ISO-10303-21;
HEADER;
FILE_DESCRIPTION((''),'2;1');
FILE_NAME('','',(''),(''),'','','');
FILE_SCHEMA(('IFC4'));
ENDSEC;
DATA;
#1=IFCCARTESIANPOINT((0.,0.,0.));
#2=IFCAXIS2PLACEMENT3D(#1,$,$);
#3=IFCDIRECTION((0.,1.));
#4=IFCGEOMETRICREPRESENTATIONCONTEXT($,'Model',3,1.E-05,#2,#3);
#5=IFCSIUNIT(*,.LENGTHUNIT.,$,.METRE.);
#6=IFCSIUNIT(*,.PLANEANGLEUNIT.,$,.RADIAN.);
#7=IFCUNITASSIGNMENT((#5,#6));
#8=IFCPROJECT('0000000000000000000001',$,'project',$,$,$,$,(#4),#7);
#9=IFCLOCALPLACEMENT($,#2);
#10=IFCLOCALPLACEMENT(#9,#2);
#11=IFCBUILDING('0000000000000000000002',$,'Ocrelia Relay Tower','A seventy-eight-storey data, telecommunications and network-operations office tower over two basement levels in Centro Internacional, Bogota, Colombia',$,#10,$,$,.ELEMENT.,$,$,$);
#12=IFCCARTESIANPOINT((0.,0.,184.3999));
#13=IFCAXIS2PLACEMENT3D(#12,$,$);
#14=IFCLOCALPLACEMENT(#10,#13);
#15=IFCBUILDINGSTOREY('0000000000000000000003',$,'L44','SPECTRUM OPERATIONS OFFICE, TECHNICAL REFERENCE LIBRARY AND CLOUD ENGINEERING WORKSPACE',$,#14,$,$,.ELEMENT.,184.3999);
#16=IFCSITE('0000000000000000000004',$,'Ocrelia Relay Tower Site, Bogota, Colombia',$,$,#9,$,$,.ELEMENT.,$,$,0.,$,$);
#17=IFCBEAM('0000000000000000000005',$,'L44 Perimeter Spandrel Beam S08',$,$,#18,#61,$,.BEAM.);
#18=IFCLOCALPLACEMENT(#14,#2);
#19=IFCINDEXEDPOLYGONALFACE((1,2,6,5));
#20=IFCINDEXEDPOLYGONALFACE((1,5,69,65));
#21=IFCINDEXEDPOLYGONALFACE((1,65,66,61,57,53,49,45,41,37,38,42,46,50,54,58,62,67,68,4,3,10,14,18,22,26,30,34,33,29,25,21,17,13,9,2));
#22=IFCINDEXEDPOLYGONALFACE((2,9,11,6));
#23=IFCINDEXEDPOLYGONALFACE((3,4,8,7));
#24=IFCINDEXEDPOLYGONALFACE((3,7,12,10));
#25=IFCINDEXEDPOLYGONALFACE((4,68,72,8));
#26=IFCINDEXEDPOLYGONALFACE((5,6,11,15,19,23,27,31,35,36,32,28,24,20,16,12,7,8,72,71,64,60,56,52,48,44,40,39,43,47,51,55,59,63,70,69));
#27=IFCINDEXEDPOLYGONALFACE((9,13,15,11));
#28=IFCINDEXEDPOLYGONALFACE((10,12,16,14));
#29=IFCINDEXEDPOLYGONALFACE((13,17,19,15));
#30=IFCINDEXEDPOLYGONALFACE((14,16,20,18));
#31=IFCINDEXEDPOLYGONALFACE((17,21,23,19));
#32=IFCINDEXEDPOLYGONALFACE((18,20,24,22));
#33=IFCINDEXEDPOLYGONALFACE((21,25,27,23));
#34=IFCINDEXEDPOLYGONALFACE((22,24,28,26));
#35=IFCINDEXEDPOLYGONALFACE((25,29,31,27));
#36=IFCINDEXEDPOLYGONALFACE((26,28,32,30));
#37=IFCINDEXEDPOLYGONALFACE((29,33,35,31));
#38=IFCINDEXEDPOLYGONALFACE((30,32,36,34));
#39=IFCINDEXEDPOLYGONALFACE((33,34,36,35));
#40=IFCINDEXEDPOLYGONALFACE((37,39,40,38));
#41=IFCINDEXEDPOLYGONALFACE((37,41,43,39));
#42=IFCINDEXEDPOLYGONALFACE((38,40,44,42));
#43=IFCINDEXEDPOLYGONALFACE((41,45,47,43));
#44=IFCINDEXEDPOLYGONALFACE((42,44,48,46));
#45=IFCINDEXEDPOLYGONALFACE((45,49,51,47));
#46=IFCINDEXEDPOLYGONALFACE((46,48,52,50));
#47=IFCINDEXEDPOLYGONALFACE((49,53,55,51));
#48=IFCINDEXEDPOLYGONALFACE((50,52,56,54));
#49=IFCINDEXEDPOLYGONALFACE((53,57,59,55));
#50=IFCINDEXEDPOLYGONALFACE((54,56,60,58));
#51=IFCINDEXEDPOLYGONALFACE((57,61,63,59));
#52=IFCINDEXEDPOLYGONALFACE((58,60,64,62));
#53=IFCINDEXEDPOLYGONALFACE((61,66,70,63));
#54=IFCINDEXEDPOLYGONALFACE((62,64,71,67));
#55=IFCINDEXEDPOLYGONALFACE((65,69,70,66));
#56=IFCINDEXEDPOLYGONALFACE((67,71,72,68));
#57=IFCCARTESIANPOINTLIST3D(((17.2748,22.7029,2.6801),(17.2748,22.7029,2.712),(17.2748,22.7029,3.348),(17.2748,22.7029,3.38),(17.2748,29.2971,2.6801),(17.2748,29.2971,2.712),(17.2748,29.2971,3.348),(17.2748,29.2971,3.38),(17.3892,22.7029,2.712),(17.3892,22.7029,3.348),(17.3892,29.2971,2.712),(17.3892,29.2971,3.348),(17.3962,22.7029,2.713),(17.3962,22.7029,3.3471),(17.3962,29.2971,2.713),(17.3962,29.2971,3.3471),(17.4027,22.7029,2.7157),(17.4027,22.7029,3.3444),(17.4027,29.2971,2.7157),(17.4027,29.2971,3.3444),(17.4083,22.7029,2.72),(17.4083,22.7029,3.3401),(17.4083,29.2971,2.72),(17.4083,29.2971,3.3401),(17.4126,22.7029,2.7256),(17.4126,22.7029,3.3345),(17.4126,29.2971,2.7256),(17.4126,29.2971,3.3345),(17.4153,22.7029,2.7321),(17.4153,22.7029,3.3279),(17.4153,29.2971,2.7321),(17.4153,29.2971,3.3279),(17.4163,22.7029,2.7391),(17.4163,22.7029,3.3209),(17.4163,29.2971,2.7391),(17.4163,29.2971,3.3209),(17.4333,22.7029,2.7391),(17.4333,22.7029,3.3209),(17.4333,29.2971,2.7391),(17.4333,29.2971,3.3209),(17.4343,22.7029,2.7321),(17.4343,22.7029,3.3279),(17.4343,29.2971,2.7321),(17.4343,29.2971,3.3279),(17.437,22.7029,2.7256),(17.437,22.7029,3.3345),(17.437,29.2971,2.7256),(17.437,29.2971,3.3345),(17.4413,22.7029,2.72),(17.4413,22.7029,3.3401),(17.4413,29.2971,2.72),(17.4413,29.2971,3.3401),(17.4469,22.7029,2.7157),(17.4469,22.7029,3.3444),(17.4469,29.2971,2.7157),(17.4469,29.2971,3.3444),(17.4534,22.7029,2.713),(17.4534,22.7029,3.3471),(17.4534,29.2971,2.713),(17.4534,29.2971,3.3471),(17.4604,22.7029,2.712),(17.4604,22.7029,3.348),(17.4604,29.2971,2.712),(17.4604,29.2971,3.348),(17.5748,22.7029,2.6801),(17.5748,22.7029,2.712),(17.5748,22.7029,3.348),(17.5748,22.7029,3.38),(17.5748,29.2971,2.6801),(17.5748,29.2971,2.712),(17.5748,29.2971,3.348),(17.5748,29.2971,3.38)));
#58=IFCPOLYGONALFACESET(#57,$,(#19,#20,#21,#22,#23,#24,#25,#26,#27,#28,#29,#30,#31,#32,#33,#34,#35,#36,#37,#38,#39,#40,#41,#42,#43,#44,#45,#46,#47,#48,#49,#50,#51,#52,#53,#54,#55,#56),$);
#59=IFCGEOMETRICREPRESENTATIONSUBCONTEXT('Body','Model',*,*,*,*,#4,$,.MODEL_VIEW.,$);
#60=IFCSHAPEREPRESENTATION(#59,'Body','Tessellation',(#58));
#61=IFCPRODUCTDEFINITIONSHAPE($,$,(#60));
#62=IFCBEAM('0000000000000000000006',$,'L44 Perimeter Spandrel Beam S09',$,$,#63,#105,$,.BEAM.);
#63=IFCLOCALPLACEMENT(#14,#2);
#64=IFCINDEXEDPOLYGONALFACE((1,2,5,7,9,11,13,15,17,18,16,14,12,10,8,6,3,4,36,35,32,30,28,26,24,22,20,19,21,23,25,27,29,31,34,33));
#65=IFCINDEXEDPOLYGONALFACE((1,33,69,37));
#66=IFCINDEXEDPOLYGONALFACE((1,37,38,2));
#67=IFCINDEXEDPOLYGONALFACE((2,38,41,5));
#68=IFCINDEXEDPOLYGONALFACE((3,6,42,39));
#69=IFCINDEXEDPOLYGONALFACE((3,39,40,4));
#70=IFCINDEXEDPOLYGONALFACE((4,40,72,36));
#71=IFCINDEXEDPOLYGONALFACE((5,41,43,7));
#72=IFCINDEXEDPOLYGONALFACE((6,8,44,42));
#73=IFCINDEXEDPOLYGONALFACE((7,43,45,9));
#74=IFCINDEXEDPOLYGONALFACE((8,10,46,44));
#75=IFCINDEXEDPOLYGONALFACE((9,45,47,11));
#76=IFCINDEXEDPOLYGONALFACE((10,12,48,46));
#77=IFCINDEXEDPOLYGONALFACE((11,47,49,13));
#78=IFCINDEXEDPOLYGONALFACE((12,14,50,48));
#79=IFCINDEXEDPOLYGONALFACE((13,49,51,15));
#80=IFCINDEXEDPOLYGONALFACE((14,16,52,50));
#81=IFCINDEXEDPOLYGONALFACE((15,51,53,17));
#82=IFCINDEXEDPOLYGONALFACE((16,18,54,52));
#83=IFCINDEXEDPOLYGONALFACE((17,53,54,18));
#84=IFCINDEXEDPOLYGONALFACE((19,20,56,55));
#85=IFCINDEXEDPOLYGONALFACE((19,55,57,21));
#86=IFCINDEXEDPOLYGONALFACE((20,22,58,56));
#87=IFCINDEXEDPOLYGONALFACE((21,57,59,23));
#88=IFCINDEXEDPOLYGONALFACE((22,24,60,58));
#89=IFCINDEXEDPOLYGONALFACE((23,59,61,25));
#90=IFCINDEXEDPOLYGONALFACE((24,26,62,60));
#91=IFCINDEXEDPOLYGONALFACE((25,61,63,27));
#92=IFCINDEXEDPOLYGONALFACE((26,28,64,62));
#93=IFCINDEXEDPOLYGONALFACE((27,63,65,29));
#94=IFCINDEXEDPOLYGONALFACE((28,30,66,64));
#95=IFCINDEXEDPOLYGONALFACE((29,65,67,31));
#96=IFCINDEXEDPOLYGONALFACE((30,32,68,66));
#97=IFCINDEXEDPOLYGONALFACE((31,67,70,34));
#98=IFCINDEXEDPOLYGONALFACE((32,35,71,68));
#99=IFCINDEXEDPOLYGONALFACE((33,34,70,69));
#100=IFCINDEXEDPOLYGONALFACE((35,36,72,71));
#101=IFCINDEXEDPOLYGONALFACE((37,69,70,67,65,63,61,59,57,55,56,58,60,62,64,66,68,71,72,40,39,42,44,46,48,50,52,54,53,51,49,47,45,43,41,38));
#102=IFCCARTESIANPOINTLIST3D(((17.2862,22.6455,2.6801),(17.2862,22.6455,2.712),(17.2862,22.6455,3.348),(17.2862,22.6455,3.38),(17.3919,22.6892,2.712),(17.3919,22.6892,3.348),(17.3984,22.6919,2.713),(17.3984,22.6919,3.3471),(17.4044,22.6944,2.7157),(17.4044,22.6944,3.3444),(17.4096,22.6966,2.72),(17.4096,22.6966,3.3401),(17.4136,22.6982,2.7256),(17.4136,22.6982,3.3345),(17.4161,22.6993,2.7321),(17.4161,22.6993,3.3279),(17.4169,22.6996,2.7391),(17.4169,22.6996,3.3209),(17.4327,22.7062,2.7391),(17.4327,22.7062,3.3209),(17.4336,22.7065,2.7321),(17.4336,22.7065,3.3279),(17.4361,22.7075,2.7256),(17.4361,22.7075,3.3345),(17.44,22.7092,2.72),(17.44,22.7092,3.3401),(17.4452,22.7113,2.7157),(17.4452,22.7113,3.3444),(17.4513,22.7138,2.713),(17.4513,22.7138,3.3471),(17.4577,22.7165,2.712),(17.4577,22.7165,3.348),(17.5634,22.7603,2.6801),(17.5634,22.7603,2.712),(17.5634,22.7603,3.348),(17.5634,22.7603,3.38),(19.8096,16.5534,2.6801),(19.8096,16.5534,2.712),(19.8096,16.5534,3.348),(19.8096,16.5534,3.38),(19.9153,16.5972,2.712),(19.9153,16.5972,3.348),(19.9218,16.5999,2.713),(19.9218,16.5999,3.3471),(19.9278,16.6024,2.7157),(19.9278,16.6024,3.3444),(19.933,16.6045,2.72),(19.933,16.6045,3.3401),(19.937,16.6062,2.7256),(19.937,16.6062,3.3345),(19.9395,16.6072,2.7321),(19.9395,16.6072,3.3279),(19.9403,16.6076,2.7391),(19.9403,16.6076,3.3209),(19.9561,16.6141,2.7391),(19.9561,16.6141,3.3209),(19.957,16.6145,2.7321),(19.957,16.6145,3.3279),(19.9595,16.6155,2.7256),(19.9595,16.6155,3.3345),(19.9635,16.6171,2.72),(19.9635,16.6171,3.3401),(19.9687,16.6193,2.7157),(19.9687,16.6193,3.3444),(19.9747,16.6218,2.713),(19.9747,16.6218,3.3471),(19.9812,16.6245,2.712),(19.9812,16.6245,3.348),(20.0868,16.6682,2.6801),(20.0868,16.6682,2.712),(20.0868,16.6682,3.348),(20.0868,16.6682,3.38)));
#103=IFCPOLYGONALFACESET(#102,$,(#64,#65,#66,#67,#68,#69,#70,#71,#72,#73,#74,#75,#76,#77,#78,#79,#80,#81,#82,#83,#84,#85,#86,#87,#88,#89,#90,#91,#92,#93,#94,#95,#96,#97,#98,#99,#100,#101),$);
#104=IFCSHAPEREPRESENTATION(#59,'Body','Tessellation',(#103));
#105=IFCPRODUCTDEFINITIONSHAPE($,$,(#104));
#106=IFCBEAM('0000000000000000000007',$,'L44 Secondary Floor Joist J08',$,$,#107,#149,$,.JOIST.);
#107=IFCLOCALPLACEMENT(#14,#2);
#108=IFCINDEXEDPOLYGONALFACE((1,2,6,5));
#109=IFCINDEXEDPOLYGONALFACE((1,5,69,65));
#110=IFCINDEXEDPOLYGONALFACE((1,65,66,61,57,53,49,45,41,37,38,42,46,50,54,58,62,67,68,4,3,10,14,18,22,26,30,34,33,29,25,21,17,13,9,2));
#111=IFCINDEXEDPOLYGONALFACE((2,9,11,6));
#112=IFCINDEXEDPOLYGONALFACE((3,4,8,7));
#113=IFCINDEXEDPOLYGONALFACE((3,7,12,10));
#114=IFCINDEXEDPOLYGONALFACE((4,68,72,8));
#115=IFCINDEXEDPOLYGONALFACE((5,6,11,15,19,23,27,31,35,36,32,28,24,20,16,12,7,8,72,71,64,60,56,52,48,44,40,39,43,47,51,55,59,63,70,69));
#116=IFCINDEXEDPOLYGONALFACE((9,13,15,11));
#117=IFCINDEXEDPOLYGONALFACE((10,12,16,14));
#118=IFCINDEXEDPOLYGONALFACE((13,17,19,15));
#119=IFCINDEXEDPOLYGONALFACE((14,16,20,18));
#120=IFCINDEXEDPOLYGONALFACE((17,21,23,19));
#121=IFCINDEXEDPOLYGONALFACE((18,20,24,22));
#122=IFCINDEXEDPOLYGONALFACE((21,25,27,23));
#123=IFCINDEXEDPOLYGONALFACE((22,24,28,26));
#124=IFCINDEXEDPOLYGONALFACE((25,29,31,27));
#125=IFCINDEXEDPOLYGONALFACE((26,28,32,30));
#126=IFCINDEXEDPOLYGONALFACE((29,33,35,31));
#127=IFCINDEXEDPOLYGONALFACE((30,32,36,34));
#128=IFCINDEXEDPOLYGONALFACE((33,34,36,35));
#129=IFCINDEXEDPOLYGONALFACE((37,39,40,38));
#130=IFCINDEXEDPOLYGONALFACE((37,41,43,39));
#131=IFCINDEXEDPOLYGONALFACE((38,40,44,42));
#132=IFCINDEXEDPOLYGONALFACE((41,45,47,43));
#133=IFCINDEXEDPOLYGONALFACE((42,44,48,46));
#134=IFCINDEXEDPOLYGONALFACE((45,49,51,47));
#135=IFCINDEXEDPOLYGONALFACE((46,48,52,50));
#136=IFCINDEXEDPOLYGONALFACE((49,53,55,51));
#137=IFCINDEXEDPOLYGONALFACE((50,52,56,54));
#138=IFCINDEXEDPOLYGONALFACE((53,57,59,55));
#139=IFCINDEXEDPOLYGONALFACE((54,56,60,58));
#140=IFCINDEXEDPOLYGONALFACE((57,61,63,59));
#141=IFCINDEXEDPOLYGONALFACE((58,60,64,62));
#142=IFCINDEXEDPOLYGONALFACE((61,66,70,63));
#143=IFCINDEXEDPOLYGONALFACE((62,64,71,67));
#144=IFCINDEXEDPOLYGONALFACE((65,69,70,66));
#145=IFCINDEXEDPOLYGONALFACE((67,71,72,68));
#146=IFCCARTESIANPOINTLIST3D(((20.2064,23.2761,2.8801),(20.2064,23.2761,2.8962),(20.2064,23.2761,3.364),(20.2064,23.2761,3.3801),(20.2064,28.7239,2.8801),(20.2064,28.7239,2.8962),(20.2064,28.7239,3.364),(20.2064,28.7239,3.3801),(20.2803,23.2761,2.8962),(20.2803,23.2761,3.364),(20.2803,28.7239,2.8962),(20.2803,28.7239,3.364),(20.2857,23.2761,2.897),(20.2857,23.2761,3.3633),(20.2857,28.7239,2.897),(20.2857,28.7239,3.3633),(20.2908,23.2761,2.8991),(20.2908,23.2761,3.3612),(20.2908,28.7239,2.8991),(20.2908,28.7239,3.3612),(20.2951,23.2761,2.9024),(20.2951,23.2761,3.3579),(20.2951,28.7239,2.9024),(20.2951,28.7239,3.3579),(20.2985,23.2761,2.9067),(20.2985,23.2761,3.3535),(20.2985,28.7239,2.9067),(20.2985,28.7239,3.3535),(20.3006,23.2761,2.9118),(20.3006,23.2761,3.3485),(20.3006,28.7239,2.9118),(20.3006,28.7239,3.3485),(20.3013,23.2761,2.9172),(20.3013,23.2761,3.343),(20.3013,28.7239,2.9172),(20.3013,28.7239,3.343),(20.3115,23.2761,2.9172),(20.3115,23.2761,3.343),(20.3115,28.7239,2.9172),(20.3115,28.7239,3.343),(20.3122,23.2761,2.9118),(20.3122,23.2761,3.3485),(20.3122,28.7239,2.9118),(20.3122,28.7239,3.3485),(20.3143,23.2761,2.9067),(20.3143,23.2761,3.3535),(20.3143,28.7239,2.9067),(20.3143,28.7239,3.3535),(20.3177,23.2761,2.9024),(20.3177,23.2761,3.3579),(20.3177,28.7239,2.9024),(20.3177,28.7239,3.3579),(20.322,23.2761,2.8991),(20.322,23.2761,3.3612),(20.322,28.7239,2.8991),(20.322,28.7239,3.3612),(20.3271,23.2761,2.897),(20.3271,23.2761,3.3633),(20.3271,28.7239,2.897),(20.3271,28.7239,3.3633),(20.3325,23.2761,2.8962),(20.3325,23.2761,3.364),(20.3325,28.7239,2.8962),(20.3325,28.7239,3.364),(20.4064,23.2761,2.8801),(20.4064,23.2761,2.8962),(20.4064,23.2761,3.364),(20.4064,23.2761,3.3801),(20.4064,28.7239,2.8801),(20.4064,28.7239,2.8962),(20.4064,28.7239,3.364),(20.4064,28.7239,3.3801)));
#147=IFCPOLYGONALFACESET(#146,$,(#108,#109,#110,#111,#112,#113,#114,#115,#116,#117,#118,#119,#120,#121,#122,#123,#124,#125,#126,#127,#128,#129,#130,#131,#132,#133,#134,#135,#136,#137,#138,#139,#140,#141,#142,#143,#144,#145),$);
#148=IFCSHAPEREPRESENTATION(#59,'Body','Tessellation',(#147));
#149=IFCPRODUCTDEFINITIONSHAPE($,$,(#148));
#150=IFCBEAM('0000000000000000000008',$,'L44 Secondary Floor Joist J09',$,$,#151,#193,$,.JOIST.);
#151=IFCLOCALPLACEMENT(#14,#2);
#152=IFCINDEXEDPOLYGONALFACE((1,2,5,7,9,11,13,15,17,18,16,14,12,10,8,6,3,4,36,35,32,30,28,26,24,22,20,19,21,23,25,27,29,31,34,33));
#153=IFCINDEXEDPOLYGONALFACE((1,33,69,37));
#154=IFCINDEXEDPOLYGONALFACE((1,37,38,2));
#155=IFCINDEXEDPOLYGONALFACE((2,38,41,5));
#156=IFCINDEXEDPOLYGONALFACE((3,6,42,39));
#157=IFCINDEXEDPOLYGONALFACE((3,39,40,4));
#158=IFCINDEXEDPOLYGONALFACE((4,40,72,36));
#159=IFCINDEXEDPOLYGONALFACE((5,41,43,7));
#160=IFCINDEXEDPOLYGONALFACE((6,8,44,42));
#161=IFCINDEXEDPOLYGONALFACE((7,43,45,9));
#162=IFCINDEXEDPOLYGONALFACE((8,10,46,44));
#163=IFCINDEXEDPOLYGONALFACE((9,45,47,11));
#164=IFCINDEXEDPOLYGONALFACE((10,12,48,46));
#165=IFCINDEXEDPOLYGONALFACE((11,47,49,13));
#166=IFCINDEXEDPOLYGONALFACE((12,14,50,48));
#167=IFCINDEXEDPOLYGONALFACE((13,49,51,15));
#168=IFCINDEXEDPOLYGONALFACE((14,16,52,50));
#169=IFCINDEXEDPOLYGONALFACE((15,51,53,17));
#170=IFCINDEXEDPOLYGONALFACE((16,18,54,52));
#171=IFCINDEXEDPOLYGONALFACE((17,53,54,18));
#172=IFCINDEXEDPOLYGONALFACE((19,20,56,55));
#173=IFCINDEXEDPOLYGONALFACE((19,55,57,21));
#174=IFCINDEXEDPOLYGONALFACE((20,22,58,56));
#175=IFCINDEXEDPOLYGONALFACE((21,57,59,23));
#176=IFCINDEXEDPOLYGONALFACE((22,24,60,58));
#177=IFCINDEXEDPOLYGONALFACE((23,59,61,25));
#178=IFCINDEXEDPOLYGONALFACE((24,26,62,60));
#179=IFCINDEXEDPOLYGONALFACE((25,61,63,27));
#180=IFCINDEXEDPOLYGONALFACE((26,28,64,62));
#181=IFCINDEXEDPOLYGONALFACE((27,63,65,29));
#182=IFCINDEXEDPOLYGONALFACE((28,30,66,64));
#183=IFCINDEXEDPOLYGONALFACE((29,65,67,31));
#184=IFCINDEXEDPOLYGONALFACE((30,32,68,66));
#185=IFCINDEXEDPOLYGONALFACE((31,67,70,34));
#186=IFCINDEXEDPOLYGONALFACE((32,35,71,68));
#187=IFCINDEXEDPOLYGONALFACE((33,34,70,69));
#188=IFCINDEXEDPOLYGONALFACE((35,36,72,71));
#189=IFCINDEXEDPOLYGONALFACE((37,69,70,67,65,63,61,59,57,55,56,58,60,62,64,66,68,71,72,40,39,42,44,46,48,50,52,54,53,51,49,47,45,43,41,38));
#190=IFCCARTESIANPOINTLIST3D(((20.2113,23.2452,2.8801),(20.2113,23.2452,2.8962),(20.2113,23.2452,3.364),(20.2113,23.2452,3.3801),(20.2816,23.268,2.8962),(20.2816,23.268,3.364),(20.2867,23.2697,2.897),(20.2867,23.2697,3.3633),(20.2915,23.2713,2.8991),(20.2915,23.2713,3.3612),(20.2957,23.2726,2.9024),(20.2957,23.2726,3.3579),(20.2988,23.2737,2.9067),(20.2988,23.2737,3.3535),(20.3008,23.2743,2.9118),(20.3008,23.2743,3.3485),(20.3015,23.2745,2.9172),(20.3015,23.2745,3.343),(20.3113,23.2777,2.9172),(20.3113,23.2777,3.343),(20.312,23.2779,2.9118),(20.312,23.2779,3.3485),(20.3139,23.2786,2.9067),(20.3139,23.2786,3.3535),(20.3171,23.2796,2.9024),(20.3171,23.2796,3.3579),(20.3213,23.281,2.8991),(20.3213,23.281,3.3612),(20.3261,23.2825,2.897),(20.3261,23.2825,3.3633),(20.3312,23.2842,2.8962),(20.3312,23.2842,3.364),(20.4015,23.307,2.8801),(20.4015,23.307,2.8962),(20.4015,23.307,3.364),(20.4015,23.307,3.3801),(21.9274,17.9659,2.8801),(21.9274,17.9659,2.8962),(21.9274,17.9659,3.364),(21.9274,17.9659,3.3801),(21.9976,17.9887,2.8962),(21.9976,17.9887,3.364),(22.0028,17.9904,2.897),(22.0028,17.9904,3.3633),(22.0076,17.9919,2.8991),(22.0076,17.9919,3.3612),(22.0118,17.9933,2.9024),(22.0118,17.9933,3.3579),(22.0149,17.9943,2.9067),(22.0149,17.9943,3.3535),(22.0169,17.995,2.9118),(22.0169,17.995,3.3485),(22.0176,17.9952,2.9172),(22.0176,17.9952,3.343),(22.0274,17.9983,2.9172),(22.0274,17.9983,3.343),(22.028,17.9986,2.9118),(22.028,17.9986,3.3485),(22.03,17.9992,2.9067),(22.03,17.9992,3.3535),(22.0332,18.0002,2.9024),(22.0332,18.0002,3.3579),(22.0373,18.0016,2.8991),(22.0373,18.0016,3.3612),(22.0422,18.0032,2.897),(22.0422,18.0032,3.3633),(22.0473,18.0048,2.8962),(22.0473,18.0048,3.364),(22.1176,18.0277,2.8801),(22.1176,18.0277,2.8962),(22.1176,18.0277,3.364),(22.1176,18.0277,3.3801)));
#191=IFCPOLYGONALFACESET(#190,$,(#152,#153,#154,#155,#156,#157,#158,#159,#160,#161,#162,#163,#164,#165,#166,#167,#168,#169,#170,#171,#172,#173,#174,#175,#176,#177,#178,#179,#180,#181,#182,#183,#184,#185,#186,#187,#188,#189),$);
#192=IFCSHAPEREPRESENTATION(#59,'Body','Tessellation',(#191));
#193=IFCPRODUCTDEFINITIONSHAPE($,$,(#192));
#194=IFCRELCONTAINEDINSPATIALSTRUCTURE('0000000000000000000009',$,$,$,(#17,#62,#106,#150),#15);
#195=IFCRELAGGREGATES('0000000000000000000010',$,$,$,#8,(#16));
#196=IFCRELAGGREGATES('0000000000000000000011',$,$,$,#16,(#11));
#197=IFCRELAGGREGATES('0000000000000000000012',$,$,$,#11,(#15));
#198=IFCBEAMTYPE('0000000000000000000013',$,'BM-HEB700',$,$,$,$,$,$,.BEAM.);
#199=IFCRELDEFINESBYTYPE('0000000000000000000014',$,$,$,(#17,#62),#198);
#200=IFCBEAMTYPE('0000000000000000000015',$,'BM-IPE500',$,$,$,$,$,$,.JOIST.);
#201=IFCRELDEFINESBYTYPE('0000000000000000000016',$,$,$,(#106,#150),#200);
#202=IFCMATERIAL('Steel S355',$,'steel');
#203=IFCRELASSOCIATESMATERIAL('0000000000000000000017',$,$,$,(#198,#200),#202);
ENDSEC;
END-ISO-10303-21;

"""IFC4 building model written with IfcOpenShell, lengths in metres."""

from ifc_helpers import new_model, si_unit, direction, frame, origin, origin_2d, place, context, subcontext, project, spatial, i_section, extrude, material, material_profile, profile_set, type_object, element, save


model = new_model("IFC4")

# Units and contexts
model_context = context("Model", 3, precision=1e-05, world=origin(), true_north=direction((0.0, 1.0)))
body_context = subcontext(model_context, "Body", "Model", "MODEL_VIEW")
ifc_project = project(units=[si_unit("LENGTHUNIT", "METRE"), si_unit("PLANEANGLEUNIT", "RADIAN")], contexts=[model_context])

# Site, building, storey
site_placement = place(None, origin())
site = spatial("IfcSite", under=ifc_project, at=site_placement, Name="Ocrelia Relay Tower Site, Bogota, Colombia", CompositionType="ELEMENT", RefElevation=0.0)
building_placement = place(site_placement, origin())
building = spatial("IfcBuilding", under=site, at=building_placement, Name="Ocrelia Relay Tower", Description="A seventy-eight-storey data, telecommunications and network-operations office tower over two basement levels in Centro Internacional, Bogota, Colombia", CompositionType="ELEMENT")
storey_placement = place(building_placement, frame((0.0, 0.0, 184.3999)))
storey = spatial("IfcBuildingStorey", under=building, at=storey_placement, Name="L44", Description="SPECTRUM OPERATIONS OFFICE, TECHNICAL REFERENCE LIBRARY AND CLOUD ENGINEERING WORKSPACE", CompositionType="ELEMENT", Elevation=184.3999)

# Beams
ifc_material_1 = material(Name="Steel S355", Category="steel")
ifc_material_profile_1 = material_profile(ifc_material_1, i_section(OverallWidth=0.3, OverallDepth=0.7, WebThickness=0.0171, FlangeThickness=0.032, FilletRadius=0.0271, at=origin_2d()), Name="HEB 700")
ifc_profile_set_1 = profile_set([ifc_material_profile_1], Name="Steel S355")
beam_type_1 = type_object("IfcBeamType", Name="BM-HEB700", PredefinedType="BEAM", material=ifc_profile_set_1)
beam_1_placement = place(storey_placement, frame((17.4248, 29.2971, 3.03), z_axis=(0.0, -1.0, 0.0), x_axis=(1.0, 0.0, 0.0)))
element("IfcBeam", 1, at=beam_1_placement, inside=storey, type_object=beam_type_1, Name="L44 Perimeter Spandrel Beam S08", PredefinedType="BEAM", context=body_context, shape_type="SweptSolid", body=[
    extrude(i_section(OverallWidth=0.3, OverallDepth=0.7, WebThickness=0.0171, FlangeThickness=0.032, FilletRadius=0.0271, at=origin_2d()), origin(), (0.0, 0.0, 1.0), 6.5942),
])
beam_2_placement = place(storey_placement, frame((17.4248, 22.7029, 3.03), z_axis=(0.382688, -0.923878, 0.0), x_axis=(0.923878, 0.382688, 0.0)))
element("IfcBeam", 2, at=beam_2_placement, inside=storey, type_object=beam_type_1, Name="L44 Perimeter Spandrel Beam S09", PredefinedType="BEAM", context=body_context, shape_type="SweptSolid", body=[
    extrude(i_section(OverallWidth=0.3, OverallDepth=0.7, WebThickness=0.0171, FlangeThickness=0.032, FilletRadius=0.0271, at=origin_2d()), origin(), (0.0, 0.0, 1.0), 6.594),
])
ifc_material_profile_2 = material_profile(ifc_material_1, i_section(OverallWidth=0.2, OverallDepth=0.5, WebThickness=0.0103, FlangeThickness=0.0161, FilletRadius=0.021, at=origin_2d()), Name="IPE 500")
ifc_profile_set_2 = profile_set([ifc_material_profile_2], Name="Steel S355")
beam_type_2 = type_object("IfcBeamType", Name="BM-IPE500", PredefinedType="JOIST", material=ifc_profile_set_2)
beam_3_placement = place(storey_placement, frame((20.3064, 28.7239, 3.1301), z_axis=(0.0, -1.0, 0.0), x_axis=(1.0, 0.0, 0.0)))
element("IfcBeam", 3, at=beam_3_placement, inside=storey, type_object=beam_type_2, Name="L44 Secondary Floor Joist J08", PredefinedType="JOIST", context=body_context, shape_type="SweptSolid", body=[
    extrude(i_section(OverallWidth=0.2, OverallDepth=0.5, WebThickness=0.0103, FlangeThickness=0.0161, FilletRadius=0.021, at=origin_2d()), origin(), (0.0, 0.0, 1.0), 5.4478),
])
beam_4_placement = place(storey_placement, frame((20.3064, 23.2761, 3.1301), z_axis=(0.309134, -0.951019, 0.0), x_axis=(0.951019, 0.309134, 0.0)))
element("IfcBeam", 4, at=beam_4_placement, inside=storey, type_object=beam_type_2, Name="L44 Secondary Floor Joist J09", PredefinedType="JOIST", context=body_context, shape_type="SweptSolid", body=[
    extrude(i_section(OverallWidth=0.2, OverallDepth=0.5, WebThickness=0.0103, FlangeThickness=0.0161, FilletRadius=0.021, at=origin_2d()), origin(), (0.0, 0.0, 1.0), 5.5513),
])

save(model, "model.ifc")
